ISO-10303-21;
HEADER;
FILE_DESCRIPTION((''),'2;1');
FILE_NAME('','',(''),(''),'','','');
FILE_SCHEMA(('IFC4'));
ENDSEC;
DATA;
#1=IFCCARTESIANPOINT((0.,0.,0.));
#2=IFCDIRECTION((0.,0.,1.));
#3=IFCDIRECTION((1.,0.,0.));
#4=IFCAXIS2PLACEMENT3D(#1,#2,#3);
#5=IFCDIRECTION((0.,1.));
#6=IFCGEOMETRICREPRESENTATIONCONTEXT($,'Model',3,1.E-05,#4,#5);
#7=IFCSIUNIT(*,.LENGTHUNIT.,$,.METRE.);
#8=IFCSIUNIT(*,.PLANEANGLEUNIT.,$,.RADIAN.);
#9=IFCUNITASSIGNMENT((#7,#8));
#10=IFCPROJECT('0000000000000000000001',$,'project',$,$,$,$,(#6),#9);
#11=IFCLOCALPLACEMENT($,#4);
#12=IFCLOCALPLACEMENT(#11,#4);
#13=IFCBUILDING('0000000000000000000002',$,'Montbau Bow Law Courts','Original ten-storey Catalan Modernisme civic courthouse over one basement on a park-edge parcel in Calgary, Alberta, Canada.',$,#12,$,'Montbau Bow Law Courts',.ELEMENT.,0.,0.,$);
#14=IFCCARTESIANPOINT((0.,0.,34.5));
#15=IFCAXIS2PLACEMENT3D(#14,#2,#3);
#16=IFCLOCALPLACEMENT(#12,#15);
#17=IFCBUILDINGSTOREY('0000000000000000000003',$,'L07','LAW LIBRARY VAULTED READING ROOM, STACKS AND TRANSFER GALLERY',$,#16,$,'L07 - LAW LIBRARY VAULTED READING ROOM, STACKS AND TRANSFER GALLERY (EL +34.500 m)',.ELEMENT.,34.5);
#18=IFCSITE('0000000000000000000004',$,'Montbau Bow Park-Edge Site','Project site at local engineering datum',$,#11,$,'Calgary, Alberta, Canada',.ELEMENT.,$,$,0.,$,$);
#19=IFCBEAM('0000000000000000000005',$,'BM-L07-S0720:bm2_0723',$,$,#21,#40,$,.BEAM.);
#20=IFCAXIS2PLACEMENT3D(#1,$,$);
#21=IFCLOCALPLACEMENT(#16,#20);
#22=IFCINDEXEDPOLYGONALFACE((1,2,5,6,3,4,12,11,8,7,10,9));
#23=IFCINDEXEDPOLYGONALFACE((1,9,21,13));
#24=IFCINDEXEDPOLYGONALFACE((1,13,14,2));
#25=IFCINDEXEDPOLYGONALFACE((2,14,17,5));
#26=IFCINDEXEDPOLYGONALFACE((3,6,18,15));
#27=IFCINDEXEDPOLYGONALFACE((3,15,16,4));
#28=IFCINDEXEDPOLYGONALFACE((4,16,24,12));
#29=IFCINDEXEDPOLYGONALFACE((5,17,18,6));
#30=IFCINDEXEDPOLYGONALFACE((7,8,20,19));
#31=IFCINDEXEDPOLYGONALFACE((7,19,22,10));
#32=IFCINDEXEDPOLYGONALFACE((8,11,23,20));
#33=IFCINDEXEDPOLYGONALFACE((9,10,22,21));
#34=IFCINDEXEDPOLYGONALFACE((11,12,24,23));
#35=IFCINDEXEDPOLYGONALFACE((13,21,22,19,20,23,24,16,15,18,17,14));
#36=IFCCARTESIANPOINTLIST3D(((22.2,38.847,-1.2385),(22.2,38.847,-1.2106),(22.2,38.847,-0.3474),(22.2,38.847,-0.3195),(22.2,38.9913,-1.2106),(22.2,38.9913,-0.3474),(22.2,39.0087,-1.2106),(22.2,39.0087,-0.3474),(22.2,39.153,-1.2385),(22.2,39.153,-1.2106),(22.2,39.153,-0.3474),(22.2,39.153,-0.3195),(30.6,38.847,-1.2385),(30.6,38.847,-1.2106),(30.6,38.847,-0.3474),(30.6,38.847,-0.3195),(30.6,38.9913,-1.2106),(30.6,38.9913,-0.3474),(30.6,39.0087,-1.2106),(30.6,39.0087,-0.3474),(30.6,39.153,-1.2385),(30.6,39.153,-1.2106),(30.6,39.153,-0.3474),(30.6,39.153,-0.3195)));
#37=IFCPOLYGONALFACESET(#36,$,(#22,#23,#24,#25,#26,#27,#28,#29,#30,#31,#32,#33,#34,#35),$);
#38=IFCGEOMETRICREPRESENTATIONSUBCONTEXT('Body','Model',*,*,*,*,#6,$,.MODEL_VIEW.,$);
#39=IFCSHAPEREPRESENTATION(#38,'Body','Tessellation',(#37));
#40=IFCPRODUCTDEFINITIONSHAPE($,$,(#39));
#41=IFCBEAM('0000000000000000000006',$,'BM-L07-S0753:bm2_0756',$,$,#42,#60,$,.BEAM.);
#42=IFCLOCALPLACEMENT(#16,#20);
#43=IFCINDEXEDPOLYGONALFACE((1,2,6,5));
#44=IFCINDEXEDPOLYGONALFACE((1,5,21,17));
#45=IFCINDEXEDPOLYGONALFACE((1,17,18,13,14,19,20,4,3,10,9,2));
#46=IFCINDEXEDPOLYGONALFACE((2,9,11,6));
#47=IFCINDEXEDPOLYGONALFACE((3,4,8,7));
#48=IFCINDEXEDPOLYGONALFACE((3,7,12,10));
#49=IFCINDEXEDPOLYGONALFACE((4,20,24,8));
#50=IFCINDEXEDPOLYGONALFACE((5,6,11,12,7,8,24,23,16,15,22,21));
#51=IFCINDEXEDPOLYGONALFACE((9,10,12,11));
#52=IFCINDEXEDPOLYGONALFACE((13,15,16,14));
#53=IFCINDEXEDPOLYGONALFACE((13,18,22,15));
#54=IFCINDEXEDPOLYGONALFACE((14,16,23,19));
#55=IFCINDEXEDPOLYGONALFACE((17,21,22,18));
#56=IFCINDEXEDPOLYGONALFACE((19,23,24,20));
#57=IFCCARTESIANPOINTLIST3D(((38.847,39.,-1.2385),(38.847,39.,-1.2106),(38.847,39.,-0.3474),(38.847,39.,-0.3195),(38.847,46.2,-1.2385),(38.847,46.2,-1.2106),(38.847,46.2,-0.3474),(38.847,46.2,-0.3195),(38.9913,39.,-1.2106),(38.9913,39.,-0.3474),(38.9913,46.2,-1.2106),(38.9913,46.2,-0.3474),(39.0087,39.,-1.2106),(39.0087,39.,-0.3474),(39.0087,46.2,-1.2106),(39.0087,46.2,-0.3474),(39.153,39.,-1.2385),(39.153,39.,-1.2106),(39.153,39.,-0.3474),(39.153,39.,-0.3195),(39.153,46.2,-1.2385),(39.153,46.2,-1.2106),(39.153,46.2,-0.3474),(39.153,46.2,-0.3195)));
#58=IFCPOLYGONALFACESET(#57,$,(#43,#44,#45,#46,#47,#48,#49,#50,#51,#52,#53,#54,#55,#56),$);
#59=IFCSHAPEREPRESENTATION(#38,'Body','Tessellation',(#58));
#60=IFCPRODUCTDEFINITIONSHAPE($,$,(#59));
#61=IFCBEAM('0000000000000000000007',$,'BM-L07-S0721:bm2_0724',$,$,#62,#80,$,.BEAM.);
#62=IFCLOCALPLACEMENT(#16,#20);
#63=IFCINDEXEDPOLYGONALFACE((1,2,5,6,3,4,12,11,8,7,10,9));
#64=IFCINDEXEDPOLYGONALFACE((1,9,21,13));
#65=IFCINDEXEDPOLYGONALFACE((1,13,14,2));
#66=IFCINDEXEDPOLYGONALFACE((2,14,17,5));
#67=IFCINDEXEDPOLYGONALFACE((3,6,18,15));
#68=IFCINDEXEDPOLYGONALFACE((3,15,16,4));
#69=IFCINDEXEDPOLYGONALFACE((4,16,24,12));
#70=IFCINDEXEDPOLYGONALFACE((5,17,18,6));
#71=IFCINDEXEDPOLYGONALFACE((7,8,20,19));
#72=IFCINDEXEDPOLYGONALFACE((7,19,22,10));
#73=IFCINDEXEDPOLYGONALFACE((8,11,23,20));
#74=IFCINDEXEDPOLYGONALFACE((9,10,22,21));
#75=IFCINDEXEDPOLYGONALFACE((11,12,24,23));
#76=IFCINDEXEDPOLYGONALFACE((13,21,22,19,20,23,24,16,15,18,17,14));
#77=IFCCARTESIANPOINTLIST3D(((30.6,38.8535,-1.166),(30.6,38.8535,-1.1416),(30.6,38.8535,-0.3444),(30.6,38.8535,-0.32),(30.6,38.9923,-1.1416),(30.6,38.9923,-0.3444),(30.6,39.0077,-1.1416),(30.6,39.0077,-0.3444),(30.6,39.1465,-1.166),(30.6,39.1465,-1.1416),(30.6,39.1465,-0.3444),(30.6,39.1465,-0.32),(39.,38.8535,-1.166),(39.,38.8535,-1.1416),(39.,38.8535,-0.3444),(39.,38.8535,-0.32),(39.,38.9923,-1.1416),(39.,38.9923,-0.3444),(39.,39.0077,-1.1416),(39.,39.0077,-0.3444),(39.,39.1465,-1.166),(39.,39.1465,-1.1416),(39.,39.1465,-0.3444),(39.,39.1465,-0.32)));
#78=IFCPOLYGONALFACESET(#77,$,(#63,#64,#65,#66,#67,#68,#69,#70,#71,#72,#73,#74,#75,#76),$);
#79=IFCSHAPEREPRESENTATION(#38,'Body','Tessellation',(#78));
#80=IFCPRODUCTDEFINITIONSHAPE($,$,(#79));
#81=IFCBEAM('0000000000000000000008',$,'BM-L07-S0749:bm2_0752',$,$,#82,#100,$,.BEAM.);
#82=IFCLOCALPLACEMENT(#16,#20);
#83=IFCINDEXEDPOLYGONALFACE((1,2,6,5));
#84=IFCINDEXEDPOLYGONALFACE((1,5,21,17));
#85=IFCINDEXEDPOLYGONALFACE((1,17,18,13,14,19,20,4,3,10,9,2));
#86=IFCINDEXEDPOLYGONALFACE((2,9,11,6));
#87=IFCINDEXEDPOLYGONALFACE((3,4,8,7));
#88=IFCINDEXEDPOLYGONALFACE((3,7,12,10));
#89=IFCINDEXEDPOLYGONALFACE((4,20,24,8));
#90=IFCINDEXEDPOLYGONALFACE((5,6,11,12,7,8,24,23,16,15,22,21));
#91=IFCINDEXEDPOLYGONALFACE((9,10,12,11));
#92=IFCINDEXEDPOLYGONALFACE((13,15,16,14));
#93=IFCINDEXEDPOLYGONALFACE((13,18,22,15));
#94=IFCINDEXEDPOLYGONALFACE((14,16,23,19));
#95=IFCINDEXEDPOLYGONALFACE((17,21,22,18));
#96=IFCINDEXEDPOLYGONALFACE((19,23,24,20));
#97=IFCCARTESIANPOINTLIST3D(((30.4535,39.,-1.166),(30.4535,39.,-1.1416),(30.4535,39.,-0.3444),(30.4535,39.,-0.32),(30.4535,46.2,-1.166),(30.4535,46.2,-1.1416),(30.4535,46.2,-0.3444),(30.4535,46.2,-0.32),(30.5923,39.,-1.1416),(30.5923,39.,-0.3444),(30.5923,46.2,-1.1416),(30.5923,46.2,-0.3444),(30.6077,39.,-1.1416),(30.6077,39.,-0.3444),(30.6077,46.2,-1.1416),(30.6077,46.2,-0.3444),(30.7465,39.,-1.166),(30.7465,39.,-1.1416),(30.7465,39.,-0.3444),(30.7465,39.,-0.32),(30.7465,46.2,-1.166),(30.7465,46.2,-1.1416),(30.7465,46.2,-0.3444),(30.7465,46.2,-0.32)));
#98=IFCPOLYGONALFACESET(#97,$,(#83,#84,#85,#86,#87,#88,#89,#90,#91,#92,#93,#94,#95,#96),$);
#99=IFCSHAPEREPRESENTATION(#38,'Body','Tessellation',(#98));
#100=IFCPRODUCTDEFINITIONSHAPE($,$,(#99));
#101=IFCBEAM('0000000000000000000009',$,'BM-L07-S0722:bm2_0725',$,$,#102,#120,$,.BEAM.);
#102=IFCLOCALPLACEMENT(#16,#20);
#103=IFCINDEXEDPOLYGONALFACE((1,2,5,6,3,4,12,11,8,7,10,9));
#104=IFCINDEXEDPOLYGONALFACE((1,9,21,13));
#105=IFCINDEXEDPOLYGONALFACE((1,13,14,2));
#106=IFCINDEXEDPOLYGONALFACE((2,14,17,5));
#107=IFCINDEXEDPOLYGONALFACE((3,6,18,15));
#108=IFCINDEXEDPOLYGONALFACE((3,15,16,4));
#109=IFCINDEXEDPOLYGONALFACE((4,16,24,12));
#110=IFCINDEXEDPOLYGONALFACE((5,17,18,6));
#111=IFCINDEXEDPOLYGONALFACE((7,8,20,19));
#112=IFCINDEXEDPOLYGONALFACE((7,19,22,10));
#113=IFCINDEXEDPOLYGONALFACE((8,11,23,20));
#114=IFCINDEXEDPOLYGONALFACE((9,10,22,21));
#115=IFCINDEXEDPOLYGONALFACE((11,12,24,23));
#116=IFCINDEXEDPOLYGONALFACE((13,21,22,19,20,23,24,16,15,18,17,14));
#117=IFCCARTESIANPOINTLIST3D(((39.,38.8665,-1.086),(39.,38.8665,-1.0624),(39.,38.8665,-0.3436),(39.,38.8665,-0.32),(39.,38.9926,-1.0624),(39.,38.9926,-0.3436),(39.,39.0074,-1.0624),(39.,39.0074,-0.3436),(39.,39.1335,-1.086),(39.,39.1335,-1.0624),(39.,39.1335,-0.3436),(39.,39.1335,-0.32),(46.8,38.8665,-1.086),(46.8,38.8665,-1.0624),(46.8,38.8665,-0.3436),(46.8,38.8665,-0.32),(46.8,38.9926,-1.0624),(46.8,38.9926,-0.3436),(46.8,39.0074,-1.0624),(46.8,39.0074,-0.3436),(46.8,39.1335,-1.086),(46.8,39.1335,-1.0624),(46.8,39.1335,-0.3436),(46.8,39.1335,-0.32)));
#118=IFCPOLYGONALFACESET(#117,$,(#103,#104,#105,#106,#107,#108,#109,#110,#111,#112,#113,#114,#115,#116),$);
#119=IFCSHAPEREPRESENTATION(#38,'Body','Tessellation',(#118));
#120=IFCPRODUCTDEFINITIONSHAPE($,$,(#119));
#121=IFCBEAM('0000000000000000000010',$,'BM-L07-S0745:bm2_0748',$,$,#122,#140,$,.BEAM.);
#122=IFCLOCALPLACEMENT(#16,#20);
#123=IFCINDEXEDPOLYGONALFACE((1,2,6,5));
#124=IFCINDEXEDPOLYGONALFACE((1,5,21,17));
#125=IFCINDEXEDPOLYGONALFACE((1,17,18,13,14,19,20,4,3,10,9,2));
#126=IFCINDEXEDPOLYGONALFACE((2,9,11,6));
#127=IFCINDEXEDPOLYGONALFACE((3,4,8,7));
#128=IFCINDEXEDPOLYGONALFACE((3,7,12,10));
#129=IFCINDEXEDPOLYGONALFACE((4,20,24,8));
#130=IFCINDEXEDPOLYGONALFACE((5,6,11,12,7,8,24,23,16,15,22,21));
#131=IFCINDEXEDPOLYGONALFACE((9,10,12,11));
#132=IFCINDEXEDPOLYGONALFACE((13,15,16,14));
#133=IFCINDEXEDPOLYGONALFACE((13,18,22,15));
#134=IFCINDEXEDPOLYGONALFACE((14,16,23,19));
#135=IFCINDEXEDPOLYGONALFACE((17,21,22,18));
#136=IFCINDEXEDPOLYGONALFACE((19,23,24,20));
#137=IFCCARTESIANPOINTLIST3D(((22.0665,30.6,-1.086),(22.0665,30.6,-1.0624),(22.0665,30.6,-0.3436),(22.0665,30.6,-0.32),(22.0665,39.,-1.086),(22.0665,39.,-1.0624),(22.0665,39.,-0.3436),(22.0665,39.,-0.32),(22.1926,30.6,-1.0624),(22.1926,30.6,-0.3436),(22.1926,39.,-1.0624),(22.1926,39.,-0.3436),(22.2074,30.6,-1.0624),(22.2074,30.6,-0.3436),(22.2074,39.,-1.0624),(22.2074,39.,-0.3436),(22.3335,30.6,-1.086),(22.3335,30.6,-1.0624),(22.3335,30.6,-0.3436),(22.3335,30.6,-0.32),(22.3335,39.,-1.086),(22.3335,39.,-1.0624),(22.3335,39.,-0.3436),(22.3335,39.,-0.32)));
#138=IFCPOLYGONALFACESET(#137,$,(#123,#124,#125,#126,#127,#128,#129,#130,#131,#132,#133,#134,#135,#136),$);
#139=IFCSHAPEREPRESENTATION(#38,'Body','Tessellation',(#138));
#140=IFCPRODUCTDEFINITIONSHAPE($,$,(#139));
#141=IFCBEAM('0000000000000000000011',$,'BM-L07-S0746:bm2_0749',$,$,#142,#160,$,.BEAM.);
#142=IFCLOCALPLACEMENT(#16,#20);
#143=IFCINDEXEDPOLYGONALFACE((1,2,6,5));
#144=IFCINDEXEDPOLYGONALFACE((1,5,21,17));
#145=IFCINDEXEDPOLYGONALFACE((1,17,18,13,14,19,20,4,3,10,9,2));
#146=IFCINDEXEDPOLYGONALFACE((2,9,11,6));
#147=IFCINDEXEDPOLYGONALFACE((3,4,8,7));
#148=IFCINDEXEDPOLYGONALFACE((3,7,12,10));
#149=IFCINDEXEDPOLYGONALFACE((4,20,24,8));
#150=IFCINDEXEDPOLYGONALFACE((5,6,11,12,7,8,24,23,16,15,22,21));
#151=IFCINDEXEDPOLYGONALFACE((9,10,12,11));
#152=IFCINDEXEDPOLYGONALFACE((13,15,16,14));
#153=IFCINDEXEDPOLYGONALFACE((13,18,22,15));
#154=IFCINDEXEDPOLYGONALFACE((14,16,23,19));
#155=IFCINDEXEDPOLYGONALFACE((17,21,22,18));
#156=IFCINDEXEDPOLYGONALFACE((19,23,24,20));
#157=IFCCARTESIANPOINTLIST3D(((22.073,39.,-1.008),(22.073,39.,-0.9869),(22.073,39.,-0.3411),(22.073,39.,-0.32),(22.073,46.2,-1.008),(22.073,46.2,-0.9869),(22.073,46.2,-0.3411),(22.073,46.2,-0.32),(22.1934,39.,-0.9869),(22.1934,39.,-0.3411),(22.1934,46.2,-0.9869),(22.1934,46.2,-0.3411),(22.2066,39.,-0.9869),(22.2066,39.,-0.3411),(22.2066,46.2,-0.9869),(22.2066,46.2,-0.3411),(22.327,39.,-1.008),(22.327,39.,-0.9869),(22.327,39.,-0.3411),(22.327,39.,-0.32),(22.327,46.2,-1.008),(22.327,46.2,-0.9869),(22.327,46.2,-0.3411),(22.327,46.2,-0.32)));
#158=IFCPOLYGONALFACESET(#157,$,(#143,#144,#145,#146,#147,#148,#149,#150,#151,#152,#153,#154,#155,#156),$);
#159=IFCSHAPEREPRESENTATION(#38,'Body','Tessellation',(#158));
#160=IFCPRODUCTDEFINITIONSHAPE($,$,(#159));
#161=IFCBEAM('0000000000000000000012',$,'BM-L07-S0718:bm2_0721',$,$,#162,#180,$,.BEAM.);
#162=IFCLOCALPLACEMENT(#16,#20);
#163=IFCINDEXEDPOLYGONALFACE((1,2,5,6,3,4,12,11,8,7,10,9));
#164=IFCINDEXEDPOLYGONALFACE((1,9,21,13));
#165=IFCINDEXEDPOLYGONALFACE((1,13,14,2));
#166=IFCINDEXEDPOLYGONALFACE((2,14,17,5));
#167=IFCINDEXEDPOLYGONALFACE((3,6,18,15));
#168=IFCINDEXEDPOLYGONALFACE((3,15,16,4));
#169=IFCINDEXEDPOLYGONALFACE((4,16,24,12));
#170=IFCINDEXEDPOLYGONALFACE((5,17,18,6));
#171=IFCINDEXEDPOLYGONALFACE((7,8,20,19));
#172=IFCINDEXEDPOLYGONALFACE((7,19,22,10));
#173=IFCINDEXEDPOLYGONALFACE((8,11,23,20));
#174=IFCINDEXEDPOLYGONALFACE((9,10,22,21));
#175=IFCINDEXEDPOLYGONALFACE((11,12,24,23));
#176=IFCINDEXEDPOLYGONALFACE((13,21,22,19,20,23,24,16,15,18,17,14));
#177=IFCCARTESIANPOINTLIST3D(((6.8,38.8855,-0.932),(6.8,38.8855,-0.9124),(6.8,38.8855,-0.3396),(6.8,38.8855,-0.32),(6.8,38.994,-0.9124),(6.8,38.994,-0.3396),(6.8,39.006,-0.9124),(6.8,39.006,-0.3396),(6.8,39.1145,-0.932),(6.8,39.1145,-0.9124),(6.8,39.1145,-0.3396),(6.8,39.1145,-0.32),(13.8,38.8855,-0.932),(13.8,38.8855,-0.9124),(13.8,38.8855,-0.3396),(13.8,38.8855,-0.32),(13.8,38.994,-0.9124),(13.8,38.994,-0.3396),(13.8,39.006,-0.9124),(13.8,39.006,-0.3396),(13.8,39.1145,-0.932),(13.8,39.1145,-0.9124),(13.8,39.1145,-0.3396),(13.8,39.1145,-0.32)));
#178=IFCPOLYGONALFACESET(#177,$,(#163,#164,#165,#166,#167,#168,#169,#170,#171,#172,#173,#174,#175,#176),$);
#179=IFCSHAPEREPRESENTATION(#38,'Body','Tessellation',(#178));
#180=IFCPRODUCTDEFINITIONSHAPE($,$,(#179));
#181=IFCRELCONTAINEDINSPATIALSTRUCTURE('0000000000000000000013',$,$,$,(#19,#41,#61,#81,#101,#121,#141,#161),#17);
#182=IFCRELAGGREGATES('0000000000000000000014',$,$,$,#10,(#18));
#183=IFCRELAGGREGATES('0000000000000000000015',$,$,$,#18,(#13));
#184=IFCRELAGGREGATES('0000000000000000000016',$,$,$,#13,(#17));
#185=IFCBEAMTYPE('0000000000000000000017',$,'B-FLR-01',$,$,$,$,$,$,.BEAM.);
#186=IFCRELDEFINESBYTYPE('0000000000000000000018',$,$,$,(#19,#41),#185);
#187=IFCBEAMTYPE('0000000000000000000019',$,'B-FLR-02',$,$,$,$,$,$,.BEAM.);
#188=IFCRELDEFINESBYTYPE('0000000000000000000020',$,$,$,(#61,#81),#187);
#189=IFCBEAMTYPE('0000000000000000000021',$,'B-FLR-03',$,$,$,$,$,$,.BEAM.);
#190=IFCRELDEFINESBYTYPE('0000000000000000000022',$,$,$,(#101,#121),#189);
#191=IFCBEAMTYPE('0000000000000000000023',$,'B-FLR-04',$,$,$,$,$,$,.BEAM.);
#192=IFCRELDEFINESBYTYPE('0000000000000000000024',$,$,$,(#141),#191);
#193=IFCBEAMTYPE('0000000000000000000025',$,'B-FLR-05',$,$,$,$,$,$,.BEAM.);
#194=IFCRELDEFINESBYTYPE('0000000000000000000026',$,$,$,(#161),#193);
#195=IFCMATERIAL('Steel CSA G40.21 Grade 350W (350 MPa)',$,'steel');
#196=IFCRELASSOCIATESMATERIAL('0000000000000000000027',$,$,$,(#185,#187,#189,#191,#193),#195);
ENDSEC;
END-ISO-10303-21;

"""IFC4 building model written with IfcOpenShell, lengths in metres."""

from ifc_helpers import new_model, si_unit, direction, frame, origin_with_axes, origin_2d_with_axis, place, context, subcontext, project, spatial, i_section, extrude, material, material_profile, profile_set, type_object, element, save


model = new_model("IFC4")

# Units and contexts
model_context = context("Model", 3, precision=1e-05, world=origin_with_axes(), true_north=direction((0.0, 1.0)))
body_context = subcontext(model_context, "Body", "Model", "MODEL_VIEW")
ifc_project = project(units=[si_unit("LENGTHUNIT", "METRE"), si_unit("PLANEANGLEUNIT", "RADIAN")], contexts=[model_context])

# Site, building, storey
site_placement = place(None, origin_with_axes())
site = spatial("IfcSite", under=ifc_project, at=site_placement, Name="Montbau Bow Park-Edge Site", Description="Project site at local engineering datum", LongName="Calgary, Alberta, Canada", CompositionType="ELEMENT", RefElevation=0.0)
building_placement = place(site_placement, origin_with_axes())
building = spatial("IfcBuilding", under=site, at=building_placement, Name="Montbau Bow Law Courts", Description="Original ten-storey Catalan Modernisme civic courthouse over one basement on a park-edge parcel in Calgary, Alberta, Canada.", LongName="Montbau Bow Law Courts", CompositionType="ELEMENT", ElevationOfRefHeight=0.0, ElevationOfTerrain=0.0)
storey_placement = place(building_placement, frame((0.0, 0.0, 34.5), z_axis=(0.0, 0.0, 1.0), x_axis=(1.0, 0.0, 0.0)))
storey = spatial("IfcBuildingStorey", under=building, at=storey_placement, Name="L07", Description="LAW LIBRARY VAULTED READING ROOM, STACKS AND TRANSFER GALLERY", LongName="L07 - LAW LIBRARY VAULTED READING ROOM, STACKS AND TRANSFER GALLERY (EL +34.500 m)", CompositionType="ELEMENT", Elevation=34.5)

# Beams
ifc_material_1 = material(Name="Steel CSA G40.21 Grade 350W (350 MPa)", Category="steel")
ifc_material_profile_1 = material_profile(ifc_material_1, i_section(OverallWidth=0.306, OverallDepth=0.919, WebThickness=0.0173, FlangeThickness=0.0279, at=origin_2d_with_axis()), Name="W920X253", Category="Main", Priority=0)
ifc_profile_set_1 = profile_set([ifc_material_profile_1], Name="Steel CSA G40.21 Grade 350W (350 MPa)")
beam_type_1 = type_object("IfcBeamType", Name="B-FLR-01", PredefinedType="BEAM", material=ifc_profile_set_1)
beam_1_placement = place(None, frame((22.2, 39.0, 33.721), z_axis=(1.0, 0.0, 0.0), x_axis=(0.0, 1.0, 0.0)))
element("IfcBeam", 1, at=beam_1_placement, inside=storey, type_object=beam_type_1, Name="BM-L07-S0720:bm2_0723", PredefinedType="BEAM", context=body_context, shape_type="SweptSolid", body=[
    extrude(i_section(OverallWidth=0.306, OverallDepth=0.919, WebThickness=0.0173, FlangeThickness=0.0279, at=origin_2d_with_axis()), origin_with_axes(), (0.0, 0.0, 1.0), 8.4),
])
beam_2_placement = place(None, frame((39.0, 39.0, 33.721), z_axis=(0.0, 1.0, 0.0), x_axis=(-1.0, 0.0, 0.0)))
element("IfcBeam", 2, at=beam_2_placement, inside=storey, type_object=beam_type_1, Name="BM-L07-S0753:bm2_0756", PredefinedType="BEAM", context=body_context, shape_type="SweptSolid", body=[
    extrude(i_section(OverallWidth=0.306, OverallDepth=0.919, WebThickness=0.0173, FlangeThickness=0.0279, at=origin_2d_with_axis()), origin_with_axes(), (0.0, 0.0, 1.0), 7.2),
])
ifc_material_profile_2 = material_profile(ifc_material_1, i_section(OverallWidth=0.293, OverallDepth=0.846, WebThickness=0.0154, FlangeThickness=0.0244, at=origin_2d_with_axis()), Name="W840X210", Category="Main", Priority=0)
ifc_profile_set_2 = profile_set([ifc_material_profile_2], Name="Steel CSA G40.21 Grade 350W (350 MPa)")
beam_type_2 = type_object("IfcBeamType", Name="B-FLR-02", PredefinedType="BEAM", material=ifc_profile_set_2)
beam_3_placement = place(None, frame((30.6, 39.0, 33.757), z_axis=(1.0, 0.0, 0.0), x_axis=(0.0, 1.0, 0.0)))
element("IfcBeam", 3, at=beam_3_placement, inside=storey, type_object=beam_type_2, Name="BM-L07-S0721:bm2_0724", PredefinedType="BEAM", context=body_context, shape_type="SweptSolid", body=[
    extrude(i_section(OverallWidth=0.293, OverallDepth=0.846, WebThickness=0.0154, FlangeThickness=0.0244, at=origin_2d_with_axis()), origin_with_axes(), (0.0, 0.0, 1.0), 8.4),
])
beam_4_placement = place(None, frame((30.6, 39.0, 33.757), z_axis=(0.0, 1.0, 0.0), x_axis=(-1.0, 0.0, 0.0)))
element("IfcBeam", 4, at=beam_4_placement, inside=storey, type_object=beam_type_2, Name="BM-L07-S0749:bm2_0752", PredefinedType="BEAM", context=body_context, shape_type="SweptSolid", body=[
    extrude(i_section(OverallWidth=0.293, OverallDepth=0.846, WebThickness=0.0154, FlangeThickness=0.0244, at=origin_2d_with_axis()), origin_with_axes(), (0.0, 0.0, 1.0), 7.2),
])
ifc_material_profile_3 = material_profile(ifc_material_1, i_section(OverallWidth=0.267, OverallDepth=0.766, WebThickness=0.0149, FlangeThickness=0.0236, at=origin_2d_with_axis()), Name="W760X185", Category="Main", Priority=0)
ifc_profile_set_3 = profile_set([ifc_material_profile_3], Name="Steel CSA G40.21 Grade 350W (350 MPa)")
beam_type_3 = type_object("IfcBeamType", Name="B-FLR-03", PredefinedType="BEAM", material=ifc_profile_set_3)
beam_5_placement = place(None, frame((39.0, 39.0, 33.797), z_axis=(1.0, 0.0, 0.0), x_axis=(0.0, 1.0, 0.0)))
element("IfcBeam", 5, at=beam_5_placement, inside=storey, type_object=beam_type_3, Name="BM-L07-S0722:bm2_0725", PredefinedType="BEAM", context=body_context, shape_type="SweptSolid", body=[
    extrude(i_section(OverallWidth=0.267, OverallDepth=0.766, WebThickness=0.0149, FlangeThickness=0.0236, at=origin_2d_with_axis()), origin_with_axes(), (0.0, 0.0, 1.0), 7.8),
])
beam_6_placement = place(None, frame((22.2, 30.6, 33.797), z_axis=(0.0, 1.0, 0.0), x_axis=(-1.0, 0.0, 0.0)))
element("IfcBeam", 6, at=beam_6_placement, inside=storey, type_object=beam_type_3, Name="BM-L07-S0745:bm2_0748", PredefinedType="BEAM", context=body_context, shape_type="SweptSolid", body=[
    extrude(i_section(OverallWidth=0.267, OverallDepth=0.766, WebThickness=0.0149, FlangeThickness=0.0236, at=origin_2d_with_axis()), origin_with_axes(), (0.0, 0.0, 1.0), 8.4),
])
ifc_material_profile_4 = material_profile(ifc_material_1, i_section(OverallWidth=0.254, OverallDepth=0.688, WebThickness=0.0131, FlangeThickness=0.0211, at=origin_2d_with_axis()), Name="W690X152", Category="Main", Priority=0)
ifc_profile_set_4 = profile_set([ifc_material_profile_4], Name="Steel CSA G40.21 Grade 350W (350 MPa)")
beam_type_4 = type_object("IfcBeamType", Name="B-FLR-04", PredefinedType="BEAM", material=ifc_profile_set_4)
beam_7_placement = place(None, frame((22.2, 39.0, 33.836), z_axis=(0.0, 1.0, 0.0), x_axis=(-1.0, 0.0, 0.0)))
element("IfcBeam", 7, at=beam_7_placement, inside=storey, type_object=beam_type_4, Name="BM-L07-S0746:bm2_0749", PredefinedType="BEAM", context=body_context, shape_type="SweptSolid", body=[
    extrude(i_section(OverallWidth=0.254, OverallDepth=0.688, WebThickness=0.0131, FlangeThickness=0.0211, at=origin_2d_with_axis()), origin_with_axes(), (0.0, 0.0, 1.0), 7.2),
])
ifc_material_profile_5 = material_profile(ifc_material_1, i_section(OverallWidth=0.229, OverallDepth=0.612, WebThickness=0.0119, FlangeThickness=0.0196, at=origin_2d_with_axis()), Name="W610X125", Category="Main", Priority=0)
ifc_profile_set_5 = profile_set([ifc_material_profile_5], Name="Steel CSA G40.21 Grade 350W (350 MPa)")
beam_type_5 = type_object("IfcBeamType", Name="B-FLR-05", PredefinedType="BEAM", material=ifc_profile_set_5)
beam_8_placement = place(None, frame((6.8, 39.0, 33.874), z_axis=(1.0, 0.0, 0.0), x_axis=(0.0, 1.0, 0.0)))
element("IfcBeam", 8, at=beam_8_placement, inside=storey, type_object=beam_type_5, Name="BM-L07-S0718:bm2_0721", PredefinedType="BEAM", context=body_context, shape_type="SweptSolid", body=[
    extrude(i_section(OverallWidth=0.229, OverallDepth=0.612, WebThickness=0.0119, FlangeThickness=0.0196, at=origin_2d_with_axis()), origin_with_axes(), (0.0, 0.0, 1.0), 7.0),
])

save(model, "model.ifc")
